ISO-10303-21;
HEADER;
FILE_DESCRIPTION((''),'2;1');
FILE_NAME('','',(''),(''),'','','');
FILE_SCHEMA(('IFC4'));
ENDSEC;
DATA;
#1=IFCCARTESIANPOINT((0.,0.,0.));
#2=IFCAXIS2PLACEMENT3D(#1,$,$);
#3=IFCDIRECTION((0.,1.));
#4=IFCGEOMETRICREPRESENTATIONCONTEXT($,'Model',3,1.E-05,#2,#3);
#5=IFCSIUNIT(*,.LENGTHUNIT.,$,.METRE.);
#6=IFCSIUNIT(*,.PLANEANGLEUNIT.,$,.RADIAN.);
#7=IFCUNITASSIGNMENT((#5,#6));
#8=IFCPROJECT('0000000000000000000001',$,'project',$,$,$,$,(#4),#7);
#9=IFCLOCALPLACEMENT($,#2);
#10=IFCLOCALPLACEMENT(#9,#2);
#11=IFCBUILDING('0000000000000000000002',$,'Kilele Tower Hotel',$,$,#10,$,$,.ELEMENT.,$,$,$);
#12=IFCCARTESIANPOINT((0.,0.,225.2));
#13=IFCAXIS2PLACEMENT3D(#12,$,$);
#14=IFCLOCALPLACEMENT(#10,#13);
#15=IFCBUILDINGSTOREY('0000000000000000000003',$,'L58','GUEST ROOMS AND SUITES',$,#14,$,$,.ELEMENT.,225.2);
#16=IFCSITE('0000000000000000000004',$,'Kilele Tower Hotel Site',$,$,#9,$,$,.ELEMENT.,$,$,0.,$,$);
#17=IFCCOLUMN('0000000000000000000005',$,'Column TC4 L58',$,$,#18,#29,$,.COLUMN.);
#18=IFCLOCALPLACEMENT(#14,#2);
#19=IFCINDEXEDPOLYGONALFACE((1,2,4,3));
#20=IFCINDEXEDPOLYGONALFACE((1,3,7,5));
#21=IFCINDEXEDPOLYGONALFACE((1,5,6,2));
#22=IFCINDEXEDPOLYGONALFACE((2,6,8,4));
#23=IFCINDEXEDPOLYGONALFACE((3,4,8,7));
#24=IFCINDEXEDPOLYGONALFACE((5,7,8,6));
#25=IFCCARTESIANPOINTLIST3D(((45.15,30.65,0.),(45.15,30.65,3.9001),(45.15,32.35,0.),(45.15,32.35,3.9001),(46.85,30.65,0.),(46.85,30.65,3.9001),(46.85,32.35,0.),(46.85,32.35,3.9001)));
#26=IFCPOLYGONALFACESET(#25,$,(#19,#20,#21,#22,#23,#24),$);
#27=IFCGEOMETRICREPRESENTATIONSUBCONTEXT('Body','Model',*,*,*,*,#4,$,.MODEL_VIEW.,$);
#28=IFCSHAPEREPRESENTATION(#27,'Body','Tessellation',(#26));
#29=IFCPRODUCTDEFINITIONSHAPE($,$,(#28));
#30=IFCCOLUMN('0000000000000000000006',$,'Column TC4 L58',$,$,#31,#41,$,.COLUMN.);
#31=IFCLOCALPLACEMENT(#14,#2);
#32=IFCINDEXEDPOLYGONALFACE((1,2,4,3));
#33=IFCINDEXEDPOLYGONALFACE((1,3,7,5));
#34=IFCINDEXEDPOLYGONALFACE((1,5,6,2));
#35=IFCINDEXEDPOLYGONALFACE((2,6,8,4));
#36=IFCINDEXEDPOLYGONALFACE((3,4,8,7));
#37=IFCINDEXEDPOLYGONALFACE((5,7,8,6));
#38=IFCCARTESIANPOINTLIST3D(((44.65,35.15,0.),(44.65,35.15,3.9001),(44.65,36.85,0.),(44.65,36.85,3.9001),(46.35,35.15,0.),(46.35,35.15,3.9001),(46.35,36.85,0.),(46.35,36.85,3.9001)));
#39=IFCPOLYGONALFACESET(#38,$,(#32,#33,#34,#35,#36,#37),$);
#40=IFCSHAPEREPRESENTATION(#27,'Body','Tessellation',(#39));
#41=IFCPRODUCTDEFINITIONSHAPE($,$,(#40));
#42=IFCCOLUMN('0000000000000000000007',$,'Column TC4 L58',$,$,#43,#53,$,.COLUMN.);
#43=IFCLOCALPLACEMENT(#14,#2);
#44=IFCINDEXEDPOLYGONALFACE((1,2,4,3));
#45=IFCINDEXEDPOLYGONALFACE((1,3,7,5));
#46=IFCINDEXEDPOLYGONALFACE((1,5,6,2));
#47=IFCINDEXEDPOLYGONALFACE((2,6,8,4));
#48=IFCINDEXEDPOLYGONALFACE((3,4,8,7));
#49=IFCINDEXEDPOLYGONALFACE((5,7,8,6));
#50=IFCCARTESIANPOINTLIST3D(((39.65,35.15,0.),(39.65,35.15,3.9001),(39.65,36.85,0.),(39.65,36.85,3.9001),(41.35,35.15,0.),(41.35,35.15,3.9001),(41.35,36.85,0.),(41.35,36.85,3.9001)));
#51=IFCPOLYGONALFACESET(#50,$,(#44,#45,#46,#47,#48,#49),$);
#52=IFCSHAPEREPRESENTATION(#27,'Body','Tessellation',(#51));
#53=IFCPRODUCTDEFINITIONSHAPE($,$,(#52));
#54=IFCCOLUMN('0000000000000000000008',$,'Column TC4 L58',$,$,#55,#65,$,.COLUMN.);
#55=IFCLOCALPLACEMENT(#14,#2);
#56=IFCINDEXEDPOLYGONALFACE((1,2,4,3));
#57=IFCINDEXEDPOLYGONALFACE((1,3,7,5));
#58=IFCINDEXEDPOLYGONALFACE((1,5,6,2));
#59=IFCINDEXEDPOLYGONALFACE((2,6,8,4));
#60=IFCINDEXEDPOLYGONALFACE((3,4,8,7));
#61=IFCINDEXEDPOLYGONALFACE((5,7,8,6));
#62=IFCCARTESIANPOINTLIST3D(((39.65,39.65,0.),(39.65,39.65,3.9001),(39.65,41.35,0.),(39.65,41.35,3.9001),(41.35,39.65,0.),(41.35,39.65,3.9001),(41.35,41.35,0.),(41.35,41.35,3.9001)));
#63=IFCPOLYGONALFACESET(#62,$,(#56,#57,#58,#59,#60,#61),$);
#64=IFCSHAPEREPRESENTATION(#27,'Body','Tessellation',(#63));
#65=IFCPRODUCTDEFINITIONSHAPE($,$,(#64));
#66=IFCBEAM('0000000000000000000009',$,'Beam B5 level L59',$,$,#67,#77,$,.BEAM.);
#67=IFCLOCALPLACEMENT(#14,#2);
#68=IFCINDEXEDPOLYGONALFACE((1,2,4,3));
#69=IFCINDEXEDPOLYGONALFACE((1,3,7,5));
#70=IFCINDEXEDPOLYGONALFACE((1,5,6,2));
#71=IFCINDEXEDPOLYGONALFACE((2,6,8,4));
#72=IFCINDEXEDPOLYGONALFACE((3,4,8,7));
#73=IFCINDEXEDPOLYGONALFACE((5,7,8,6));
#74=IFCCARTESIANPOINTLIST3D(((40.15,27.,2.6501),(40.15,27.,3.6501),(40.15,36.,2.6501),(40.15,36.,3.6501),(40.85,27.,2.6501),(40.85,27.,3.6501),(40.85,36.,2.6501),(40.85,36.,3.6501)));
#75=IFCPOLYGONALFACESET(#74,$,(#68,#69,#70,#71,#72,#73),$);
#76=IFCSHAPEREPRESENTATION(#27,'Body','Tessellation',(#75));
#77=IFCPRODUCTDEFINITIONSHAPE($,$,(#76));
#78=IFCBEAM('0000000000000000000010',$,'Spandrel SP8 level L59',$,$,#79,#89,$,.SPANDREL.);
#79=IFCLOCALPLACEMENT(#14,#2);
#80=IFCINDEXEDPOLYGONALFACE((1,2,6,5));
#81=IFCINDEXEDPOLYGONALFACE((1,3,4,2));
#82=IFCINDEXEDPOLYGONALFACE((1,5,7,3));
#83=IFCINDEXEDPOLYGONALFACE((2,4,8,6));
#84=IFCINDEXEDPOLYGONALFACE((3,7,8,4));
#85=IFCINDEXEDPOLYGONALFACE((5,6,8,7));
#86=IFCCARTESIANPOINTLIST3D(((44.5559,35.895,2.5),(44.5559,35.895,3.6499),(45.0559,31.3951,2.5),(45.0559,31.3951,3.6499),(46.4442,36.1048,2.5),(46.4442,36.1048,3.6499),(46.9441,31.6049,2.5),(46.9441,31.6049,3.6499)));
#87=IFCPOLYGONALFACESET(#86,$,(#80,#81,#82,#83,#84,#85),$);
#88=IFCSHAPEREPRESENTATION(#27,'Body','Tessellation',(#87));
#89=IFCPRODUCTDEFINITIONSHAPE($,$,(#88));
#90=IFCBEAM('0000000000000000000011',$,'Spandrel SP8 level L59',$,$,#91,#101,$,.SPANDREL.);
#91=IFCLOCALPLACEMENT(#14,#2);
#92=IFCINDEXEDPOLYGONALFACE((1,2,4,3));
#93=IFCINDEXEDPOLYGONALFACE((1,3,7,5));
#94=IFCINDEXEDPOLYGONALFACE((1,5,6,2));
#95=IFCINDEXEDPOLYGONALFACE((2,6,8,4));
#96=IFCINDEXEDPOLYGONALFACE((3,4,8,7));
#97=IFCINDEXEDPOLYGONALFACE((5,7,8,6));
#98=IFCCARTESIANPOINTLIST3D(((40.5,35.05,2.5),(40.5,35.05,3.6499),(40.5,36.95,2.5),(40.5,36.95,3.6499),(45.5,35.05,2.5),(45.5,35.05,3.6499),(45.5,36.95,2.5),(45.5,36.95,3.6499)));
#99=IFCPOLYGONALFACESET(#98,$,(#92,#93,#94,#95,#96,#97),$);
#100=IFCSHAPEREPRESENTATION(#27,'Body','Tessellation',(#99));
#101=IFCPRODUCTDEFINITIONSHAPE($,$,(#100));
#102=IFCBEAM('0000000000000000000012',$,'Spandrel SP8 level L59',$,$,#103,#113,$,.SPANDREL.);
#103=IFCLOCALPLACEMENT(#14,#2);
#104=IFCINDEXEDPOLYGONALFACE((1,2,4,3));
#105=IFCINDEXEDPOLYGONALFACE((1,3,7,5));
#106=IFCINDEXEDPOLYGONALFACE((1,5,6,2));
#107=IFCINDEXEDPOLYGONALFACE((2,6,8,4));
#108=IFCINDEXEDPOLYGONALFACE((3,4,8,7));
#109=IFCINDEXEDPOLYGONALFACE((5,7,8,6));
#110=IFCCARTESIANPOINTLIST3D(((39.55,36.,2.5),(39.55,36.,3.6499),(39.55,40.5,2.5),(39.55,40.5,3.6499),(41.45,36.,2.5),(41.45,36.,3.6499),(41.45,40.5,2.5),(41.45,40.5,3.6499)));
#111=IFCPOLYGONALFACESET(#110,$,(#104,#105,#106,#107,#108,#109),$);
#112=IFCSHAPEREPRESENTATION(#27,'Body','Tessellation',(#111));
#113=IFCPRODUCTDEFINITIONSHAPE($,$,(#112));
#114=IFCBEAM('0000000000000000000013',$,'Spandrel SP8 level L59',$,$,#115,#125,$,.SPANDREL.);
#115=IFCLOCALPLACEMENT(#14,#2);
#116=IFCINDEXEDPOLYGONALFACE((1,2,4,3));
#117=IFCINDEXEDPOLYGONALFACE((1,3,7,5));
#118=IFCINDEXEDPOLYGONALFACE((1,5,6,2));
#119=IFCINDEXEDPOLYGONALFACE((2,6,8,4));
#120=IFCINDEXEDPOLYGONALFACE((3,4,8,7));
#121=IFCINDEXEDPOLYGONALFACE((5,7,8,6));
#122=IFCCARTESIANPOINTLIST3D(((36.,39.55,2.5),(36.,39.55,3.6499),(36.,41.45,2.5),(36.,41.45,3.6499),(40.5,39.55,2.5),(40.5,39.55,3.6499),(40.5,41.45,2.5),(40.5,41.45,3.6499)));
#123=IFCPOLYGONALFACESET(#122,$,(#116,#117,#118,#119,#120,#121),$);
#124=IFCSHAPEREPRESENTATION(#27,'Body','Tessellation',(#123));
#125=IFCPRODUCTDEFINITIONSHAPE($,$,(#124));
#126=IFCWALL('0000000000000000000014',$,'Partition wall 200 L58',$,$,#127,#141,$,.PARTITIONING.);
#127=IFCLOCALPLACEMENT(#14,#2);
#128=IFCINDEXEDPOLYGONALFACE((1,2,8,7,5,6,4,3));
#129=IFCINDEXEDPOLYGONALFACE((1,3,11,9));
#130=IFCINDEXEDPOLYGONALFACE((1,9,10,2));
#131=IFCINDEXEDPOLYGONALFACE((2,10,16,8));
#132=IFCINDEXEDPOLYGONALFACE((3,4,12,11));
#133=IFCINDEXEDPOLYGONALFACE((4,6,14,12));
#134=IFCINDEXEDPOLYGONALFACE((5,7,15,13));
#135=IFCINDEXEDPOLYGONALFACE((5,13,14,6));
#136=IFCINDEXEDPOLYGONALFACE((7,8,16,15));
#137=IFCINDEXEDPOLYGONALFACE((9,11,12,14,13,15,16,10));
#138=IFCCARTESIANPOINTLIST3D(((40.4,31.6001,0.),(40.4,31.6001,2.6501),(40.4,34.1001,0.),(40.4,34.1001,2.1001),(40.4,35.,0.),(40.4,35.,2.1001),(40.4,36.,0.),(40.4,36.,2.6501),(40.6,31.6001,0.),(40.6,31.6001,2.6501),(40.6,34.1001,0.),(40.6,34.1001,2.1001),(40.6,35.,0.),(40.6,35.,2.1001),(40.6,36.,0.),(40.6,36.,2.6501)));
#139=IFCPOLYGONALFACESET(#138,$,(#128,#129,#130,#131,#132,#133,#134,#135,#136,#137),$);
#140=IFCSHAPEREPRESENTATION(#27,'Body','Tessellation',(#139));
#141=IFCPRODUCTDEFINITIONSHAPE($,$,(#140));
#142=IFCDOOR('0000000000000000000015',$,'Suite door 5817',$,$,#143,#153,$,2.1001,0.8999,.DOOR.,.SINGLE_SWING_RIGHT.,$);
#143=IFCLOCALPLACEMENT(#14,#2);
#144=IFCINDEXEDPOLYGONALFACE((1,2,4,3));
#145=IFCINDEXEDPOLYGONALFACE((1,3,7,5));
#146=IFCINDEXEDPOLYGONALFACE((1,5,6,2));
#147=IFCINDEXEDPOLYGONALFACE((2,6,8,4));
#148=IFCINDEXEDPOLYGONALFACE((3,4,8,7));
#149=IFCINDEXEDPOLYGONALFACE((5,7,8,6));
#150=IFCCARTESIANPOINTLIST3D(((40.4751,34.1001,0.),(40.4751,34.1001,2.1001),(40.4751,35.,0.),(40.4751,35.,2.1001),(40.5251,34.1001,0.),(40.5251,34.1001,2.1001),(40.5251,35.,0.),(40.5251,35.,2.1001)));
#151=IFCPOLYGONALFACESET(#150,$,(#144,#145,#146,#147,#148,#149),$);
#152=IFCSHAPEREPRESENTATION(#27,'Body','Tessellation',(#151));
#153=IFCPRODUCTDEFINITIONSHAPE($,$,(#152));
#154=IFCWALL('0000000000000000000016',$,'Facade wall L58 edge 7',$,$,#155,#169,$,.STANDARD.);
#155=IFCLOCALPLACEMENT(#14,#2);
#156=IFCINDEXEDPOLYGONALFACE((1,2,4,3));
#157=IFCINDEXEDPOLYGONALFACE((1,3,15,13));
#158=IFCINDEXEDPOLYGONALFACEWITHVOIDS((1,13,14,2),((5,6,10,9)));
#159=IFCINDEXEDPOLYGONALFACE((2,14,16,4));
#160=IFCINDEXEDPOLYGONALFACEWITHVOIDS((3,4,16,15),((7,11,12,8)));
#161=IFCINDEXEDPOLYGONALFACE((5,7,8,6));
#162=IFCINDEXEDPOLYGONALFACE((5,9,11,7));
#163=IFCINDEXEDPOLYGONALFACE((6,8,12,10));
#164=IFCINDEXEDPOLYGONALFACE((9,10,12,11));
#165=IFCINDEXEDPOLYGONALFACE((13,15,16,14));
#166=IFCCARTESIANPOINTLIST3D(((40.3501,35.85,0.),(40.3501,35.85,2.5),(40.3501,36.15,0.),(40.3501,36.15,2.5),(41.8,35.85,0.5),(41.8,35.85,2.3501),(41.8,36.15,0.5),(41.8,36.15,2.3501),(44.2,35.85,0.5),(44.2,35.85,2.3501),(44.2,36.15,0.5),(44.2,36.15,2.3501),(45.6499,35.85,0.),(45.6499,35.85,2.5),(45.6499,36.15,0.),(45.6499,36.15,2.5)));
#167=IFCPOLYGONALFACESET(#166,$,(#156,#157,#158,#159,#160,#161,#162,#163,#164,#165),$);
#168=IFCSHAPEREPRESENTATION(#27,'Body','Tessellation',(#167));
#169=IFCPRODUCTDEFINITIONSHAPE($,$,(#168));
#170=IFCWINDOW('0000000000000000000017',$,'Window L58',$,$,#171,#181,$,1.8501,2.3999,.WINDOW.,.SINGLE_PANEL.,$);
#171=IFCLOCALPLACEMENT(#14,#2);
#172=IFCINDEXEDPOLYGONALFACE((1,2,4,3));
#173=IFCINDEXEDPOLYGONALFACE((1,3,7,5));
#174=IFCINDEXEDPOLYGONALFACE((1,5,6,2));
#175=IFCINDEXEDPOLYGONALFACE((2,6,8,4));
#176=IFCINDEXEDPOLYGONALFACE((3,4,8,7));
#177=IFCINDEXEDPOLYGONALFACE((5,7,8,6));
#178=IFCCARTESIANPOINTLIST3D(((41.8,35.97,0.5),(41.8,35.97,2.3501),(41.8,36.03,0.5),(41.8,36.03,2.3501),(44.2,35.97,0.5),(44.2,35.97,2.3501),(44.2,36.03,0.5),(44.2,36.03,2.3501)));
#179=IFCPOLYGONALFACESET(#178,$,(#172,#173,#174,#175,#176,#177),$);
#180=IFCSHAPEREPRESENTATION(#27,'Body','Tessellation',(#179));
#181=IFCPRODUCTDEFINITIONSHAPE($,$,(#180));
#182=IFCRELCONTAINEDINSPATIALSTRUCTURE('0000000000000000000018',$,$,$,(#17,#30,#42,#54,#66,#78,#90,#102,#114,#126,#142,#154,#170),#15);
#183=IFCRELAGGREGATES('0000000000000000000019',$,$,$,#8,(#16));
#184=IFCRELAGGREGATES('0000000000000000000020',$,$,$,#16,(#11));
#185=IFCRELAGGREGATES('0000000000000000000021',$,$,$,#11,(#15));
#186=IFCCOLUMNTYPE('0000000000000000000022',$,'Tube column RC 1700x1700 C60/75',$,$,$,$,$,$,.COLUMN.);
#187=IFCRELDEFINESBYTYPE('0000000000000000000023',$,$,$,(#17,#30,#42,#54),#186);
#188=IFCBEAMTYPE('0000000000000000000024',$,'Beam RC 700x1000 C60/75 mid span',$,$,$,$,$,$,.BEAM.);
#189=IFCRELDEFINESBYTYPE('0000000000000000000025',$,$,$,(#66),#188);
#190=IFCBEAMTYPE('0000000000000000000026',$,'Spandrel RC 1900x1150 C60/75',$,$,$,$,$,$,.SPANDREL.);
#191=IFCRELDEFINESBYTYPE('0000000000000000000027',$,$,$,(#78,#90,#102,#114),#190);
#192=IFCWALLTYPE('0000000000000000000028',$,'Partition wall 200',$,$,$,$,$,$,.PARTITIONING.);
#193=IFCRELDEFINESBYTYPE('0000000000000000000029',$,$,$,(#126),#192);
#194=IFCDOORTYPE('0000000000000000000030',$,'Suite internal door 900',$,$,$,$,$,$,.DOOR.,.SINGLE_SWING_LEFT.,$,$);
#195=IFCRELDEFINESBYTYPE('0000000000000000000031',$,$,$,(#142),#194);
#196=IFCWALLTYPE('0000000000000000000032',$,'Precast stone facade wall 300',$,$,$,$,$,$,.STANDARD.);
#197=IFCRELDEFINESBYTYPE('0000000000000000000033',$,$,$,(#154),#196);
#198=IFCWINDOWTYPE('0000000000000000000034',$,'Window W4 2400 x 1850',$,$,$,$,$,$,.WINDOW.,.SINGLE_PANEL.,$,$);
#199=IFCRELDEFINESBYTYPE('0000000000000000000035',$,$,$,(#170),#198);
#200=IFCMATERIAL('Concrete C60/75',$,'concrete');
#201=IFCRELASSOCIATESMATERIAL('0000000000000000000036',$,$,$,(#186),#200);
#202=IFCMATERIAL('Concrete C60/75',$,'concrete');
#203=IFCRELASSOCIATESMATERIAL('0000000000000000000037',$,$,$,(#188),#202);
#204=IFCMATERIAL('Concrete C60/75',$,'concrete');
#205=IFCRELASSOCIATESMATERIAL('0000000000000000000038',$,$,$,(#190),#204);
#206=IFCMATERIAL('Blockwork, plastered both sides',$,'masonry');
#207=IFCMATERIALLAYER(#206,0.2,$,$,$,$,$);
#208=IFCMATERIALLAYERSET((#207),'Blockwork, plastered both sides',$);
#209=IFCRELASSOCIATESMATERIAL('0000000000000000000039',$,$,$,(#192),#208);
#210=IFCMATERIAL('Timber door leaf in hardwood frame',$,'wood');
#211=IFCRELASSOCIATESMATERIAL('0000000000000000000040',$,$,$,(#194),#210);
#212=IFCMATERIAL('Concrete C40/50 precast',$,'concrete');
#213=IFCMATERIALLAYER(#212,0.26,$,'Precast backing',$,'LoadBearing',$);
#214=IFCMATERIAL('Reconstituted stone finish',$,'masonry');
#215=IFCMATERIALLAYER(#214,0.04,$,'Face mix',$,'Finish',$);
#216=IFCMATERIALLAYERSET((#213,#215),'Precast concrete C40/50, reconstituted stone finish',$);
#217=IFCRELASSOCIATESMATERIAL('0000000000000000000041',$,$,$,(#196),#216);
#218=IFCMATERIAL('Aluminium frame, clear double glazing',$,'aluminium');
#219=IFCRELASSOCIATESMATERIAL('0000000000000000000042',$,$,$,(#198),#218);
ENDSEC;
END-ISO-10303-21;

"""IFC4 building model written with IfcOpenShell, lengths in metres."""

from ifc_helpers import new_model, si_unit, direction, frame, frame_2d, origin, origin_2d, place, context, subcontext, project, spatial, rectangle, extrude, material, layer, layer_set, material_profile, profile_set, type_object, element, fill, save


model = new_model("IFC4")

# Units and contexts
model_context = context("Model", 3, precision=1e-05, world=origin(), true_north=direction((0.0, 1.0)))
body_context = subcontext(model_context, "Body", "Model", "MODEL_VIEW")
ifc_project = project(units=[si_unit("LENGTHUNIT", "METRE"), si_unit("PLANEANGLEUNIT", "RADIAN")], contexts=[model_context])

# Site, building, storey
site_placement = place(None, origin())
site = spatial("IfcSite", under=ifc_project, at=site_placement, Name="Kilele Tower Hotel Site", CompositionType="ELEMENT", RefElevation=0.0)
building_placement = place(site_placement, origin())
building = spatial("IfcBuilding", under=site, at=building_placement, Name="Kilele Tower Hotel", CompositionType="ELEMENT")
storey_placement = place(building_placement, frame((0.0, 0.0, 225.2)))
storey = spatial("IfcBuildingStorey", under=building, at=storey_placement, Name="L58", Description="GUEST ROOMS AND SUITES", CompositionType="ELEMENT", Elevation=225.2)

# Columns
ifc_material_1 = material(Name="Concrete C60/75", Category="concrete")
ifc_material_profile_1 = material_profile(ifc_material_1, rectangle(XDim=1.7, YDim=1.7, at=origin_2d()))
ifc_profile_set_1 = profile_set([ifc_material_profile_1], Name="Concrete C60/75")
column_type = type_object("IfcColumnType", Name="Tube column RC 1700x1700 C60/75", PredefinedType="COLUMN", material=ifc_profile_set_1)
for number, where, z_axis, x_axis, name in (
    (1, (46.0, 31.5, 0.0), (0.0, 0.0, 1.0), (1.0, 0.0, 0.0), "Column TC4 L58"),
    (2, (45.5, 36.0, 0.0), (0.0, 0.0, 1.0), (1.0, 0.0, 0.0), "Column TC4 L58"),
    (3, (40.5, 36.0, 0.0), (0.0, 0.0, 1.0), (1.0, 0.0, 0.0), "Column TC4 L58"),
    (4, (40.5, 40.5, 0.0), (0.0, 0.0, 1.0), (1.0, 0.0, 0.0), "Column TC4 L58"),
):
    element("IfcColumn", number, at=place(storey_placement, frame(where, z_axis=z_axis, x_axis=x_axis)), inside=storey, type_object=column_type, Name=name, PredefinedType="COLUMN", context=body_context, shape_type="SweptSolid", body=[
        extrude(rectangle(XDim=1.7, YDim=1.7, at=origin_2d()), origin(), (0.0, 0.0, 1.0), 3.9001),
    ])

# Beams
ifc_material_2 = material(Name="Concrete C60/75", Category="concrete")
ifc_material_profile_2 = material_profile(ifc_material_2, rectangle(XDim=0.7, YDim=1.0, at=origin_2d()))
ifc_profile_set_2 = profile_set([ifc_material_profile_2], Name="Concrete C60/75")
beam_type_1 = type_object("IfcBeamType", Name="Beam RC 700x1000 C60/75 mid span", PredefinedType="BEAM", material=ifc_profile_set_2)
beam_1_placement = place(storey_placement, frame((40.5, 36.0, 3.1501), z_axis=(0.0, -1.0, 0.0), x_axis=(1.0, 0.0, 0.0)))
element("IfcBeam", 5, at=beam_1_placement, inside=storey, type_object=beam_type_1, Name="Beam B5 level L59", PredefinedType="BEAM", context=body_context, shape_type="SweptSolid", body=[
    extrude(rectangle(XDim=0.7, YDim=1.0, at=origin_2d()), origin(), (0.0, 0.0, 1.0), 9.0),
])
ifc_material_3 = material(Name="Concrete C60/75", Category="concrete")
ifc_material_profile_3 = material_profile(ifc_material_3, rectangle(XDim=1.8999, YDim=1.1499, at=origin_2d()))
ifc_profile_set_3 = profile_set([ifc_material_profile_3], Name="Concrete C60/75")
beam_type_2 = type_object("IfcBeamType", Name="Spandrel RC 1900x1150 C60/75", PredefinedType="SPANDREL", material=ifc_profile_set_3)
beam_2_placement = place(storey_placement, frame((46.0, 31.5, 3.075), z_axis=(-0.110432, 0.993884, 0.0), x_axis=(-0.993884, -0.110432, 0.0)))
element("IfcBeam", 6, at=beam_2_placement, inside=storey, type_object=beam_type_2, Name="Spandrel SP8 level L59", PredefinedType="SPANDREL", context=body_context, shape_type="SweptSolid", body=[
    extrude(rectangle(XDim=1.8999, YDim=1.1499, at=origin_2d()), origin(), (0.0, 0.0, 1.0), 4.5276),
])
beam_3_placement = place(storey_placement, frame((45.5, 36.0, 3.075), z_axis=(-1.0, 0.0, 0.0), x_axis=(0.0, -1.0, 0.0)))
element("IfcBeam", 7, at=beam_3_placement, inside=storey, type_object=beam_type_2, Name="Spandrel SP8 level L59", PredefinedType="SPANDREL", context=body_context, shape_type="SweptSolid", body=[
    extrude(rectangle(XDim=1.8999, YDim=1.1499, at=origin_2d()), origin(), (0.0, 0.0, 1.0), 5.0),
])
for number, where, z_axis, x_axis, name in (
    (8, (40.5, 36.0, 3.075), (0.0, 1.0, 0.0), (-1.0, 0.0, 0.0), "Spandrel SP8 level L59"),
    (9, (40.5, 40.5, 3.075), (-1.0, 0.0, 0.0), (0.0, -1.0, 0.0), "Spandrel SP8 level L59"),
):
    element("IfcBeam", number, at=place(storey_placement, frame(where, z_axis=z_axis, x_axis=x_axis)), inside=storey, type_object=beam_type_2, Name=name, PredefinedType="SPANDREL", context=body_context, shape_type="SweptSolid", body=[
        extrude(rectangle(XDim=1.8999, YDim=1.1499, at=origin_2d()), origin(), (0.0, 0.0, 1.0), 4.5),
    ])

# Wall, opening, door
ifc_material_4 = material(Name="Blockwork, plastered both sides", Category="masonry")
ifc_layer_1 = layer(ifc_material_4, 0.2)
ifc_layer_set_1 = layer_set([ifc_layer_1], Name="Blockwork, plastered both sides")
wall_type_1 = type_object("IfcWallType", Name="Partition wall 200", PredefinedType="PARTITIONING", material=ifc_layer_set_1)
wall_1_placement = place(storey_placement, frame((40.5, 31.6001, 0.0), z_axis=(0.0, 0.0, 1.0), x_axis=(0.0, 1.0, 0.0)))
wall_1 = element("IfcWall", 10, at=wall_1_placement, inside=storey, type_object=wall_type_1, Name="Partition wall 200 L58", PredefinedType="PARTITIONING", context=body_context, shape_type="SweptSolid", body=[
    extrude(rectangle(XDim=4.3999, YDim=0.2, at=frame_2d((2.2, 0.0))), origin(), (0.0, 0.0, 1.0), 2.6501),
])
opening_1_placement = place(wall_1_placement, frame((2.5, 0.0, 0.0)))
opening_1 = element("IfcOpeningElement", 11, at=opening_1_placement, cuts=wall_1, PredefinedType="OPENING", context=body_context, shape_type="SweptSolid", body=[
    extrude(rectangle(XDim=0.8999, YDim=2.1001, at=frame_2d((0.45, 1.05))), frame((0.0, 0.1099, 0.0), z_axis=(0.0, -1.0, 0.0), x_axis=(1.0, 0.0, 0.0)), (0.0, 0.0, 1.0), 0.22),
])
ifc_material_5 = material(Name="Timber door leaf in hardwood frame", Category="wood")
door_type = type_object("IfcDoorType", Name="Suite internal door 900", OperationType="SINGLE_SWING_LEFT", PredefinedType="DOOR", material=ifc_material_5)
door_placement = place(opening_1_placement, origin())
door = element("IfcDoor", 12, at=door_placement, inside=storey, type_object=door_type, Name="Suite door 5817", OperationType="SINGLE_SWING_RIGHT", OverallHeight=2.1001, OverallWidth=0.8999, PredefinedType="DOOR", context=body_context, shape_type="SweptSolid", body=[
    extrude(rectangle(XDim=0.8999, YDim=2.1001, at=frame_2d((0.45, 1.05))), frame((0.0, 0.0249, 0.0), z_axis=(0.0, -1.0, 0.0), x_axis=(1.0, 0.0, 0.0)), (0.0, 0.0, 1.0), 0.05),
])
fill(opening_1, door)

# Wall, opening, window
ifc_material_6 = material(Name="Concrete C40/50 precast", Category="concrete")
ifc_layer_2 = layer(ifc_material_6, 0.26, Name="Precast backing", Category="LoadBearing")
ifc_material_7 = material(Name="Reconstituted stone finish", Category="masonry")
ifc_layer_3 = layer(ifc_material_7, 0.04, Name="Face mix", Category="Finish")
ifc_layer_set_2 = layer_set([ifc_layer_2, ifc_layer_3], Name="Precast concrete C40/50, reconstituted stone finish")
wall_type_2 = type_object("IfcWallType", Name="Precast stone facade wall 300", PredefinedType="STANDARD", material=ifc_layer_set_2)
wall_2_placement = place(storey_placement, frame((45.6499, 36.0, 0.0), z_axis=(0.0, 0.0, 1.0), x_axis=(-1.0, 0.0, 0.0)))
wall_2 = element("IfcWall", 13, at=wall_2_placement, inside=storey, type_object=wall_type_2, Name="Facade wall L58 edge 7", PredefinedType="STANDARD", context=body_context, shape_type="SweptSolid", body=[
    extrude(rectangle(XDim=5.2998, YDim=0.3, at=frame_2d((2.6499, 0.0))), origin(), (0.0, 0.0, 1.0), 2.5),
])
opening_2_placement = place(wall_2_placement, frame((1.45, 0.0, 0.5)))
opening_2 = element("IfcOpeningElement", 14, at=opening_2_placement, cuts=wall_2, PredefinedType="OPENING", context=body_context, shape_type="SweptSolid", body=[
    extrude(rectangle(XDim=2.3999, YDim=1.8501, at=frame_2d((1.2, 0.925))), frame((0.0, 0.1599, 0.0), z_axis=(0.0, -1.0, 0.0), x_axis=(1.0, 0.0, 0.0)), (0.0, 0.0, 1.0), 0.3201),
])
ifc_material_8 = material(Name="Aluminium frame, clear double glazing", Category="aluminium")
window_type = type_object("IfcWindowType", Name="Window W4 2400 x 1850", PartitioningType="SINGLE_PANEL", PredefinedType="WINDOW", material=ifc_material_8)
window_1_placement = place(opening_2_placement, origin())
window_1 = element("IfcWindow", 15, at=window_1_placement, inside=storey, type_object=window_type, Name="Window L58", OverallHeight=1.8501, OverallWidth=2.3999, PartitioningType="SINGLE_PANEL", PredefinedType="WINDOW", context=body_context, shape_type="SweptSolid", body=[
    extrude(rectangle(XDim=2.3999, YDim=1.8501, at=frame_2d((1.2, 0.925))), frame((0.0, 0.03, 0.0), z_axis=(0.0, -1.0, 0.0), x_axis=(1.0, 0.0, 0.0)), (0.0, 0.0, 1.0), 0.0601),
])
fill(opening_2, window_1)

save(model, "model.ifc")
